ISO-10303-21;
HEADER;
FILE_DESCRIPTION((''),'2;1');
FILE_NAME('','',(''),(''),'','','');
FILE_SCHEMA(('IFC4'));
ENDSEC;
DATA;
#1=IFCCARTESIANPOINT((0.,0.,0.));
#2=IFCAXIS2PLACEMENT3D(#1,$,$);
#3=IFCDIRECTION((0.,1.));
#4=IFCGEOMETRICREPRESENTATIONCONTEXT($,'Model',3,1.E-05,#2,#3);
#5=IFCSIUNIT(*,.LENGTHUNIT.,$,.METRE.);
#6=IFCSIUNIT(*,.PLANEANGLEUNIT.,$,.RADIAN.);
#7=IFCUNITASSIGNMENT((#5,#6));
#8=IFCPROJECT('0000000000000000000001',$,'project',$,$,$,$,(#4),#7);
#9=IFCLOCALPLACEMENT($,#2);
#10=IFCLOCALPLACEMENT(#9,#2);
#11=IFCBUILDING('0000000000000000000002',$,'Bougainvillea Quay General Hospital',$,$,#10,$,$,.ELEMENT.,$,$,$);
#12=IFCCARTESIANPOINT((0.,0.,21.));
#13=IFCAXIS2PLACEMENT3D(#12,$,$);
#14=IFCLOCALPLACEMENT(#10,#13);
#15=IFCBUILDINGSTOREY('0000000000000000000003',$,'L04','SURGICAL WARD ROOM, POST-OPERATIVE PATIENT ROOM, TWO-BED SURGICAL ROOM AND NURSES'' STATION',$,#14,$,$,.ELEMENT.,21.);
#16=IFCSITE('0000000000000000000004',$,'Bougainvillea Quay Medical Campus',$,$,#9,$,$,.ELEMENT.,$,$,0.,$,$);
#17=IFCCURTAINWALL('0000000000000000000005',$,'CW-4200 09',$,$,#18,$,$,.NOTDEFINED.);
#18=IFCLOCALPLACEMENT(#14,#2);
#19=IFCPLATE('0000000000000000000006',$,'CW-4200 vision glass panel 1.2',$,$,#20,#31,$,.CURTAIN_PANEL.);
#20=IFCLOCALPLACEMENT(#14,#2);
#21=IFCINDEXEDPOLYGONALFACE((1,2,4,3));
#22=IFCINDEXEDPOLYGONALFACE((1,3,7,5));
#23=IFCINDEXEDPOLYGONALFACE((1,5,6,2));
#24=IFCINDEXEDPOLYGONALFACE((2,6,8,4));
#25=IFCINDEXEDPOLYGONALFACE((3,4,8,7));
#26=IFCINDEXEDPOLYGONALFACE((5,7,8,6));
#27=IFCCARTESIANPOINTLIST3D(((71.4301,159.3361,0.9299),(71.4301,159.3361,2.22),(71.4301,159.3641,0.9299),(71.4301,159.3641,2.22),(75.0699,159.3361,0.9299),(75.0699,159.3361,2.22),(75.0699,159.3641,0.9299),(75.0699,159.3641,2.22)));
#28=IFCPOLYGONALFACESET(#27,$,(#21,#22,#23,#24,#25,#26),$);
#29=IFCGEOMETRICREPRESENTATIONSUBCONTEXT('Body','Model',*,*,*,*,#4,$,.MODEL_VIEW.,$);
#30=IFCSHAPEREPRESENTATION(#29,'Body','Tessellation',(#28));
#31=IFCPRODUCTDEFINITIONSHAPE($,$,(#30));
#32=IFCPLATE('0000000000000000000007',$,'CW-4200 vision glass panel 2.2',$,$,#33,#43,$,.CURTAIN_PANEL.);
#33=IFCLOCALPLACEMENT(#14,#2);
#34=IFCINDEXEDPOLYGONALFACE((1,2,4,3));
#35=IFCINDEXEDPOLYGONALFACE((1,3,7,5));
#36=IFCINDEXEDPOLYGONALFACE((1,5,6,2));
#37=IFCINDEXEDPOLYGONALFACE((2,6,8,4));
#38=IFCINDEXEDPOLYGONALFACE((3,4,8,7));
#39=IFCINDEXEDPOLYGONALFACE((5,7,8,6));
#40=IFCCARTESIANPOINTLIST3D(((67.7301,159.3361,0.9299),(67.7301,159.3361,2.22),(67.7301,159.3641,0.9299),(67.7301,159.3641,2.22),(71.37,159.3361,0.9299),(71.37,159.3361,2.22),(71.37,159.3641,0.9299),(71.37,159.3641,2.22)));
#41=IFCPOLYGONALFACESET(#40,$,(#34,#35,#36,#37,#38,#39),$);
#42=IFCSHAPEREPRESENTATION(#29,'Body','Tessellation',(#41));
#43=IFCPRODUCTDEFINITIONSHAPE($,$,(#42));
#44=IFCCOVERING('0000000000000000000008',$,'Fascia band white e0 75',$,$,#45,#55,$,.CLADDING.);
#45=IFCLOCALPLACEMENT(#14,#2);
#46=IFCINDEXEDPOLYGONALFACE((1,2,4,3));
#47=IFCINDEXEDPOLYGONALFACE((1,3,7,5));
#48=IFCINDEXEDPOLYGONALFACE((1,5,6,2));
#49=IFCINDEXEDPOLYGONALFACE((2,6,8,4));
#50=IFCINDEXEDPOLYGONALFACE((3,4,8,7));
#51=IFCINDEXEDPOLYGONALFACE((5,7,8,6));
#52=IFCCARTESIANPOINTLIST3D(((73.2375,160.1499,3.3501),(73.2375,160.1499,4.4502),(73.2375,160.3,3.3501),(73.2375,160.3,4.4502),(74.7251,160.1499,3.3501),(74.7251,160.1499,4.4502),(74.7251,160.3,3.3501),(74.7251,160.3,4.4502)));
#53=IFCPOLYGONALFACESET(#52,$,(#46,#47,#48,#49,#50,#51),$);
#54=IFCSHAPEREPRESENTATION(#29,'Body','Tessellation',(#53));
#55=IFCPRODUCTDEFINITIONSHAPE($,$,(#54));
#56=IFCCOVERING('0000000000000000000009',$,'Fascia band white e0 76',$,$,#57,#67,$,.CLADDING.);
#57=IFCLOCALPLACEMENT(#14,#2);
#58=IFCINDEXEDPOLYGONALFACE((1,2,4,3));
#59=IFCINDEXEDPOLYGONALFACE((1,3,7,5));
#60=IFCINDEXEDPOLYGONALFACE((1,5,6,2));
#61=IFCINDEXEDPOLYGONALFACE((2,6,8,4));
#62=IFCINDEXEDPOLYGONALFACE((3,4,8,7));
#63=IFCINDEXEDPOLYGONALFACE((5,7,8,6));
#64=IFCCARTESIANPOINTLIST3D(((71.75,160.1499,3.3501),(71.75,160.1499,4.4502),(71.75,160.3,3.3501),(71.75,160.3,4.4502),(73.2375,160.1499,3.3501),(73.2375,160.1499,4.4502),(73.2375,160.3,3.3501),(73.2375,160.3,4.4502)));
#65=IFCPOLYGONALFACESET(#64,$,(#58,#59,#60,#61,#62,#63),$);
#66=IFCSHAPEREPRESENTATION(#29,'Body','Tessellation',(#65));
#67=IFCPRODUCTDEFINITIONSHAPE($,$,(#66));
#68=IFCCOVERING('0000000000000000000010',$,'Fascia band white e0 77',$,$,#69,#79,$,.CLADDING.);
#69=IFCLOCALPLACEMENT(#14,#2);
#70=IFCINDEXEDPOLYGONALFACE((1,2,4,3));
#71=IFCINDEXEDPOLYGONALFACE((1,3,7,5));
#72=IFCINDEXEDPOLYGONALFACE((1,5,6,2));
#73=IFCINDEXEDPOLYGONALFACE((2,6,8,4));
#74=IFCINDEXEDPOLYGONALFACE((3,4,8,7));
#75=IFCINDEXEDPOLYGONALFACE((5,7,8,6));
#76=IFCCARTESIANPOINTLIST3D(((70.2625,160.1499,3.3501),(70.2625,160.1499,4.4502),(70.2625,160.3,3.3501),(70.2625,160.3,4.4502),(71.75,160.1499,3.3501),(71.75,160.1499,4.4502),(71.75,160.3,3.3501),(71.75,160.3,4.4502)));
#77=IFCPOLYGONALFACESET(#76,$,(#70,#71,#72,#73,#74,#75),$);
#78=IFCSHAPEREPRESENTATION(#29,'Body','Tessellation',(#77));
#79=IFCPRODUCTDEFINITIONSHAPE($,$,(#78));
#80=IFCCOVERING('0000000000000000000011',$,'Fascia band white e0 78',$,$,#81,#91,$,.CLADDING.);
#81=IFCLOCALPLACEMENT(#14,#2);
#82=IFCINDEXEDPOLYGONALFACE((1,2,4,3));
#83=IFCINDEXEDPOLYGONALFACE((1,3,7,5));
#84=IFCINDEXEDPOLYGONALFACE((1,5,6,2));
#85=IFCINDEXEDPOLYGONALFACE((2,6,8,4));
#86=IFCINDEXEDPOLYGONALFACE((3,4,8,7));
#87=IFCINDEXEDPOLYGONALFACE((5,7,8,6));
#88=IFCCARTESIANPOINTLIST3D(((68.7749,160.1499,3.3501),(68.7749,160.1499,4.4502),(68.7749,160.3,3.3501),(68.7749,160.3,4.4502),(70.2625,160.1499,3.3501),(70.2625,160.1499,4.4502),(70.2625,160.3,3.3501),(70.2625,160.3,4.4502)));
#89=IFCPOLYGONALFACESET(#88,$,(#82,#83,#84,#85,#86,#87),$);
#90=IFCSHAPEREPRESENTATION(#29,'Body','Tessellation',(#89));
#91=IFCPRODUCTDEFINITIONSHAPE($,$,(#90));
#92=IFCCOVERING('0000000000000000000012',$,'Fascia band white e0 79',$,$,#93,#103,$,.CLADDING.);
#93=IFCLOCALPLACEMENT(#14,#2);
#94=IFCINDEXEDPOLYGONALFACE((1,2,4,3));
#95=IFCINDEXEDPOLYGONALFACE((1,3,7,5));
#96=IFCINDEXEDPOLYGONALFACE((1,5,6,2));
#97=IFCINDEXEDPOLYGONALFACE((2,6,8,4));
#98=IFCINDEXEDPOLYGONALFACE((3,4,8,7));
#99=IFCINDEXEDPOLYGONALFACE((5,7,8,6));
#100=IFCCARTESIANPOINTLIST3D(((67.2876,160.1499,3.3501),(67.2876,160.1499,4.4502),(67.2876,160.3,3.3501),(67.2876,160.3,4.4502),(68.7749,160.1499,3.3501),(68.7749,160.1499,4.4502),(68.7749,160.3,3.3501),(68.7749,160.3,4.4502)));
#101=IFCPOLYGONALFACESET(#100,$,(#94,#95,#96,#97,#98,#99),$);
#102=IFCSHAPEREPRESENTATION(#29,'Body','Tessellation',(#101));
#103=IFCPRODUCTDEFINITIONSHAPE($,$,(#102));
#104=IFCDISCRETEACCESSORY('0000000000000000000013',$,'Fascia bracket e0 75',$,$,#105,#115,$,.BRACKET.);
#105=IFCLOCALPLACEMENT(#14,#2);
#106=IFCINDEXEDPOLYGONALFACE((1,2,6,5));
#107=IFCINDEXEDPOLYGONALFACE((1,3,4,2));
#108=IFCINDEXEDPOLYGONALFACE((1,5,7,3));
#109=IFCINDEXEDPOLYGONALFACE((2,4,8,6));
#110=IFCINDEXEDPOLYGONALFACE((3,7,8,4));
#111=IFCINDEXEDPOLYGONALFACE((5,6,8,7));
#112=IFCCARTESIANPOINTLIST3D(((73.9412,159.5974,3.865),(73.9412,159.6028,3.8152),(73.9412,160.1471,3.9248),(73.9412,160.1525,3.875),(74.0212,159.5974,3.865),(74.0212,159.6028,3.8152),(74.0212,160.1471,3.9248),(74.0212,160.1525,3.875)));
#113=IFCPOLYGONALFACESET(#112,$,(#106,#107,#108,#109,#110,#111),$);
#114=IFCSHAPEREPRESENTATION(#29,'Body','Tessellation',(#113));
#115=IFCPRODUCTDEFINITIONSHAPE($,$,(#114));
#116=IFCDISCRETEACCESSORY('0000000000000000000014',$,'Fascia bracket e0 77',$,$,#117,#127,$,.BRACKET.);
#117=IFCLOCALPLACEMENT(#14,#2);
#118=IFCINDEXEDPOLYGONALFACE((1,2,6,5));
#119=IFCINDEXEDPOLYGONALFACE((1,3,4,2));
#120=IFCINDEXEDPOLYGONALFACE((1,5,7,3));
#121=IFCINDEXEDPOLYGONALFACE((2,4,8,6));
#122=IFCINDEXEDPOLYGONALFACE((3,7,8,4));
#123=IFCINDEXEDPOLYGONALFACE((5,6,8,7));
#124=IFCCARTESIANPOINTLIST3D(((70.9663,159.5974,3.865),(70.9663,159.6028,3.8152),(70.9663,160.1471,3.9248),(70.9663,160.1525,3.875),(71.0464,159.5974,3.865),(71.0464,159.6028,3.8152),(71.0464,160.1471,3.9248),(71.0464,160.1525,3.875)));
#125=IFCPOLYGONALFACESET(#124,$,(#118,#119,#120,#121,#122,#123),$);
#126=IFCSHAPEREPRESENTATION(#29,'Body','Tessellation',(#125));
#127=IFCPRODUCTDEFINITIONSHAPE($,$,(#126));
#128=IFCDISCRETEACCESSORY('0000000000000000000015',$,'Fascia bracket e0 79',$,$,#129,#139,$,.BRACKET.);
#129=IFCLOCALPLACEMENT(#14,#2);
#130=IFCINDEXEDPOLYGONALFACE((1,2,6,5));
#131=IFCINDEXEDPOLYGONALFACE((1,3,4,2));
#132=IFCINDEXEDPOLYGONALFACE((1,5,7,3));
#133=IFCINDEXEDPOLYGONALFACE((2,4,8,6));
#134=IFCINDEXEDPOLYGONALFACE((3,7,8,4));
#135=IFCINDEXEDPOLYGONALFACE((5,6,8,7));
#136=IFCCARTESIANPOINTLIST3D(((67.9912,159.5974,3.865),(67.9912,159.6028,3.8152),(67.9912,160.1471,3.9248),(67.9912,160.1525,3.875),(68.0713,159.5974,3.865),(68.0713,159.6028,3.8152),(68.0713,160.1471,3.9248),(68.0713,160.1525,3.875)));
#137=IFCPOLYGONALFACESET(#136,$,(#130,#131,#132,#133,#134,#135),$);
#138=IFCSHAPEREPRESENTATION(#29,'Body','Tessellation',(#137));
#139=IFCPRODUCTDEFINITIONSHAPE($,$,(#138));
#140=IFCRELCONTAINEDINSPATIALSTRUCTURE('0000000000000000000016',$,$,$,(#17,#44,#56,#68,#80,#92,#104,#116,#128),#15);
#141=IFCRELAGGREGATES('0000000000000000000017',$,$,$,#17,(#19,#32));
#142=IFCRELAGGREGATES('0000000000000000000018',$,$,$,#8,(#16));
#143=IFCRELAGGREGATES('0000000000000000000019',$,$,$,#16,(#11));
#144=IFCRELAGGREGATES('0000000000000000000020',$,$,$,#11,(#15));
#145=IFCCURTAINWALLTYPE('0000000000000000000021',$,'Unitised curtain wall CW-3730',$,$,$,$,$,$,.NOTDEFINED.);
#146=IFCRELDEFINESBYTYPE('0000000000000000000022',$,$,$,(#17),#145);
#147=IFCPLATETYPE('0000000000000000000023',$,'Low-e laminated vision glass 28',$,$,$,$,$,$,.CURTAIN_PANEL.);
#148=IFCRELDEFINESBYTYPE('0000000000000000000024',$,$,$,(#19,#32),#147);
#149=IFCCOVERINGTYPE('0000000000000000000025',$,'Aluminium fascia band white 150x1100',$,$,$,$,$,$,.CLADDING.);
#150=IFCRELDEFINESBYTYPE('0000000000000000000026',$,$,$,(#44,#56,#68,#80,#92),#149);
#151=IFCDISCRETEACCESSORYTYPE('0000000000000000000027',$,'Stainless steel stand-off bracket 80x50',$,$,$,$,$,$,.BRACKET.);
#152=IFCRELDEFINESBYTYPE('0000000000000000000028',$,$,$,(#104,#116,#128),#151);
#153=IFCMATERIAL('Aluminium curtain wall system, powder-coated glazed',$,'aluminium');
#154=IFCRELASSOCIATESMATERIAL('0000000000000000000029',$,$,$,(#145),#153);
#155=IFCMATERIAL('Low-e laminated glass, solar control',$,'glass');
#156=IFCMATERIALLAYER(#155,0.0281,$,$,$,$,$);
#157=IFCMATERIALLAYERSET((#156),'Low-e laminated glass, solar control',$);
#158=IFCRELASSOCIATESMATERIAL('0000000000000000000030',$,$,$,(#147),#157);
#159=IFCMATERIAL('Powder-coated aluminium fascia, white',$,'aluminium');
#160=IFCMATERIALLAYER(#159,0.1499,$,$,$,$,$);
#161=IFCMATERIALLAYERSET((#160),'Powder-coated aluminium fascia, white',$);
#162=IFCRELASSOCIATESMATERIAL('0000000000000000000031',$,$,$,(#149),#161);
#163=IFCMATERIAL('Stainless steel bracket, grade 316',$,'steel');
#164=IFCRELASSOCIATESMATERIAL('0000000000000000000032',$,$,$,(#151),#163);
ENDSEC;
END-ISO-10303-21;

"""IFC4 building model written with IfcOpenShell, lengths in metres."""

from ifc_helpers import new_model, si_unit, direction, frame, origin, origin_2d, place, context, subcontext, project, spatial, polyline, rectangle, outline, extrude, material, layer, layer_set, material_profile, profile_set, type_object, element, aggregate, save


model = new_model("IFC4")

# Units and contexts
model_context = context("Model", 3, precision=1e-05, world=origin(), true_north=direction((0.0, 1.0)))
body_context = subcontext(model_context, "Body", "Model", "MODEL_VIEW")
ifc_project = project(units=[si_unit("LENGTHUNIT", "METRE"), si_unit("PLANEANGLEUNIT", "RADIAN")], contexts=[model_context])

# Site, building, storey
site_placement = place(None, origin())
site = spatial("IfcSite", under=ifc_project, at=site_placement, Name="Bougainvillea Quay Medical Campus", CompositionType="ELEMENT", RefElevation=0.0)
building_placement = place(site_placement, origin())
building = spatial("IfcBuilding", under=site, at=building_placement, Name="Bougainvillea Quay General Hospital", CompositionType="ELEMENT")
storey_placement = place(building_placement, frame((0.0, 0.0, 21.0)))
storey = spatial("IfcBuildingStorey", under=building, at=storey_placement, Name="L04", Description="SURGICAL WARD ROOM, POST-OPERATIVE PATIENT ROOM, TWO-BED SURGICAL ROOM AND NURSES' STATION", CompositionType="ELEMENT", Elevation=21.0)

# Curtain wall, plates
ifc_material_1 = material(Name="Aluminium curtain wall system, powder-coated glazed", Category="aluminium")
curtain_wall_type = type_object("IfcCurtainWallType", Name="Unitised curtain wall CW-3730", PredefinedType="NOTDEFINED", material=ifc_material_1)
curtain_wall_placement = place(storey_placement, origin())
curtain_wall = element("IfcCurtainWall", 1, at=curtain_wall_placement, inside=storey, type_object=curtain_wall_type, Name="CW-4200 09", PredefinedType="NOTDEFINED")
ifc_material_2 = material(Name="Low-e laminated glass, solar control", Category="glass")
ifc_layer_1 = layer(ifc_material_2, 0.0281)
ifc_layer_set_1 = layer_set([ifc_layer_1], Name="Low-e laminated glass, solar control")
plate_type_1 = type_object("IfcPlateType", Name="Low-e laminated vision glass 28", PredefinedType="CURTAIN_PANEL", material=ifc_layer_set_1)
plate_1_placement = place(storey_placement, frame((73.25, 159.3501, 0.9299), z_axis=(0.0, 0.0, 1.0), x_axis=(-1.0, 0.0, 0.0)))
plate_1 = element("IfcPlate", 2, at=plate_1_placement, type_object=plate_type_1, Name="CW-4200 vision glass panel 1.2", PredefinedType="CURTAIN_PANEL", context=body_context, shape_type="SweptSolid", body=[
    extrude(rectangle(XDim=3.6399, YDim=0.0281, at=origin_2d()), origin(), (0.0, 0.0, 1.0), 1.29),
])
plate_2_placement = place(storey_placement, frame((69.55, 159.3501, 0.9299), z_axis=(0.0, 0.0, 1.0), x_axis=(-1.0, 0.0, 0.0)))
plate_2 = element("IfcPlate", 3, at=plate_2_placement, type_object=plate_type_1, Name="CW-4200 vision glass panel 2.2", PredefinedType="CURTAIN_PANEL", context=body_context, shape_type="SweptSolid", body=[
    extrude(rectangle(XDim=3.6399, YDim=0.0281, at=origin_2d()), origin(), (0.0, 0.0, 1.0), 1.29),
])
aggregate(curtain_wall, [plate_1, plate_2])

# Coverings
ifc_material_3 = material(Name="Powder-coated aluminium fascia, white", Category="aluminium")
ifc_layer_2 = layer(ifc_material_3, 0.1499)
ifc_layer_set_2 = layer_set([ifc_layer_2], Name="Powder-coated aluminium fascia, white")
covering_type = type_object("IfcCoveringType", Name="Aluminium fascia band white 150x1100", PredefinedType="CLADDING", material=ifc_layer_set_2)
for number, where, z_axis, x_axis, name in (
    (4, (74.7251, 160.1499, 3.3501), (0.0, 0.0, 1.0), (-1.0, 0.0, 0.0), "Fascia band white e0 75"),
    (5, (73.2375, 160.1499, 3.3501), (0.0, 0.0, 1.0), (-1.0, 0.0, 0.0), "Fascia band white e0 76"),
    (6, (71.75, 160.1499, 3.3501), (0.0, 0.0, 1.0), (-1.0, 0.0, 0.0), "Fascia band white e0 77"),
    (7, (70.2625, 160.1499, 3.3501), (0.0, 0.0, 1.0), (-1.0, 0.0, 0.0), "Fascia band white e0 78"),
):
    element("IfcCovering", number, at=place(storey_placement, frame(where, z_axis=z_axis, x_axis=x_axis)), inside=storey, type_object=covering_type, Name=name, PredefinedType="CLADDING", context=body_context, shape_type="SweptSolid", body=[
        extrude(outline(polyline([(0.0, 0.0), (1.4875, 0.0), (1.4875, -0.1501), (0.0, -0.1501), (0.0, 0.0)])), origin(), (0.0, 0.0, 1.0), 1.1001),
    ])
covering_placement = place(storey_placement, frame((68.7749, 160.1499, 3.3501), z_axis=(0.0, 0.0, 1.0), x_axis=(-1.0, 0.0, 0.0)))
element("IfcCovering", 8, at=covering_placement, inside=storey, type_object=covering_type, Name="Fascia band white e0 79", PredefinedType="CLADDING", context=body_context, shape_type="SweptSolid", body=[
    extrude(outline(polyline([(0.0, 0.0), (1.4873, 0.0), (1.4873, -0.1501), (0.0, -0.1501), (0.0, 0.0)])), origin(), (0.0, 0.0, 1.0), 1.1001),
])

# Discrete accessories
ifc_material_4 = material(Name="Stainless steel bracket, grade 316", Category="steel")
ifc_material_profile_1 = material_profile(ifc_material_4, rectangle(XDim=0.0801, YDim=0.05, at=origin_2d()))
ifc_profile_set_1 = profile_set([ifc_material_profile_1], Name="Stainless steel bracket, grade 316")
discrete_accessory_type = type_object("IfcDiscreteAccessoryType", Name="Stainless steel stand-off bracket 80x50", PredefinedType="BRACKET", material=ifc_profile_set_1)
for number, where, z_axis, x_axis, name in (
    (9, (73.9812, 159.6001, 3.8401), (0.0, 0.994134, 0.108154), (-1.0, 0.0, 0.0), "Fascia bracket e0 75"),
    (10, (71.0063, 159.6001, 3.8401), (0.0, 0.994134, 0.108154), (-1.0, 0.0, 0.0), "Fascia bracket e0 77"),
    (11, (68.0312, 159.6001, 3.8401), (0.0, 0.994134, 0.108154), (-1.0, 0.0, 0.0), "Fascia bracket e0 79"),
):
    element("IfcDiscreteAccessory", number, at=place(storey_placement, frame(where, z_axis=z_axis, x_axis=x_axis)), inside=storey, type_object=discrete_accessory_type, Name=name, PredefinedType="BRACKET", context=body_context, shape_type="SweptSolid", body=[
        extrude(rectangle(XDim=0.0801, YDim=0.05, at=origin_2d()), origin(), (0.0, 0.0, 1.0), 0.553),
    ])

save(model, "model.ifc")
